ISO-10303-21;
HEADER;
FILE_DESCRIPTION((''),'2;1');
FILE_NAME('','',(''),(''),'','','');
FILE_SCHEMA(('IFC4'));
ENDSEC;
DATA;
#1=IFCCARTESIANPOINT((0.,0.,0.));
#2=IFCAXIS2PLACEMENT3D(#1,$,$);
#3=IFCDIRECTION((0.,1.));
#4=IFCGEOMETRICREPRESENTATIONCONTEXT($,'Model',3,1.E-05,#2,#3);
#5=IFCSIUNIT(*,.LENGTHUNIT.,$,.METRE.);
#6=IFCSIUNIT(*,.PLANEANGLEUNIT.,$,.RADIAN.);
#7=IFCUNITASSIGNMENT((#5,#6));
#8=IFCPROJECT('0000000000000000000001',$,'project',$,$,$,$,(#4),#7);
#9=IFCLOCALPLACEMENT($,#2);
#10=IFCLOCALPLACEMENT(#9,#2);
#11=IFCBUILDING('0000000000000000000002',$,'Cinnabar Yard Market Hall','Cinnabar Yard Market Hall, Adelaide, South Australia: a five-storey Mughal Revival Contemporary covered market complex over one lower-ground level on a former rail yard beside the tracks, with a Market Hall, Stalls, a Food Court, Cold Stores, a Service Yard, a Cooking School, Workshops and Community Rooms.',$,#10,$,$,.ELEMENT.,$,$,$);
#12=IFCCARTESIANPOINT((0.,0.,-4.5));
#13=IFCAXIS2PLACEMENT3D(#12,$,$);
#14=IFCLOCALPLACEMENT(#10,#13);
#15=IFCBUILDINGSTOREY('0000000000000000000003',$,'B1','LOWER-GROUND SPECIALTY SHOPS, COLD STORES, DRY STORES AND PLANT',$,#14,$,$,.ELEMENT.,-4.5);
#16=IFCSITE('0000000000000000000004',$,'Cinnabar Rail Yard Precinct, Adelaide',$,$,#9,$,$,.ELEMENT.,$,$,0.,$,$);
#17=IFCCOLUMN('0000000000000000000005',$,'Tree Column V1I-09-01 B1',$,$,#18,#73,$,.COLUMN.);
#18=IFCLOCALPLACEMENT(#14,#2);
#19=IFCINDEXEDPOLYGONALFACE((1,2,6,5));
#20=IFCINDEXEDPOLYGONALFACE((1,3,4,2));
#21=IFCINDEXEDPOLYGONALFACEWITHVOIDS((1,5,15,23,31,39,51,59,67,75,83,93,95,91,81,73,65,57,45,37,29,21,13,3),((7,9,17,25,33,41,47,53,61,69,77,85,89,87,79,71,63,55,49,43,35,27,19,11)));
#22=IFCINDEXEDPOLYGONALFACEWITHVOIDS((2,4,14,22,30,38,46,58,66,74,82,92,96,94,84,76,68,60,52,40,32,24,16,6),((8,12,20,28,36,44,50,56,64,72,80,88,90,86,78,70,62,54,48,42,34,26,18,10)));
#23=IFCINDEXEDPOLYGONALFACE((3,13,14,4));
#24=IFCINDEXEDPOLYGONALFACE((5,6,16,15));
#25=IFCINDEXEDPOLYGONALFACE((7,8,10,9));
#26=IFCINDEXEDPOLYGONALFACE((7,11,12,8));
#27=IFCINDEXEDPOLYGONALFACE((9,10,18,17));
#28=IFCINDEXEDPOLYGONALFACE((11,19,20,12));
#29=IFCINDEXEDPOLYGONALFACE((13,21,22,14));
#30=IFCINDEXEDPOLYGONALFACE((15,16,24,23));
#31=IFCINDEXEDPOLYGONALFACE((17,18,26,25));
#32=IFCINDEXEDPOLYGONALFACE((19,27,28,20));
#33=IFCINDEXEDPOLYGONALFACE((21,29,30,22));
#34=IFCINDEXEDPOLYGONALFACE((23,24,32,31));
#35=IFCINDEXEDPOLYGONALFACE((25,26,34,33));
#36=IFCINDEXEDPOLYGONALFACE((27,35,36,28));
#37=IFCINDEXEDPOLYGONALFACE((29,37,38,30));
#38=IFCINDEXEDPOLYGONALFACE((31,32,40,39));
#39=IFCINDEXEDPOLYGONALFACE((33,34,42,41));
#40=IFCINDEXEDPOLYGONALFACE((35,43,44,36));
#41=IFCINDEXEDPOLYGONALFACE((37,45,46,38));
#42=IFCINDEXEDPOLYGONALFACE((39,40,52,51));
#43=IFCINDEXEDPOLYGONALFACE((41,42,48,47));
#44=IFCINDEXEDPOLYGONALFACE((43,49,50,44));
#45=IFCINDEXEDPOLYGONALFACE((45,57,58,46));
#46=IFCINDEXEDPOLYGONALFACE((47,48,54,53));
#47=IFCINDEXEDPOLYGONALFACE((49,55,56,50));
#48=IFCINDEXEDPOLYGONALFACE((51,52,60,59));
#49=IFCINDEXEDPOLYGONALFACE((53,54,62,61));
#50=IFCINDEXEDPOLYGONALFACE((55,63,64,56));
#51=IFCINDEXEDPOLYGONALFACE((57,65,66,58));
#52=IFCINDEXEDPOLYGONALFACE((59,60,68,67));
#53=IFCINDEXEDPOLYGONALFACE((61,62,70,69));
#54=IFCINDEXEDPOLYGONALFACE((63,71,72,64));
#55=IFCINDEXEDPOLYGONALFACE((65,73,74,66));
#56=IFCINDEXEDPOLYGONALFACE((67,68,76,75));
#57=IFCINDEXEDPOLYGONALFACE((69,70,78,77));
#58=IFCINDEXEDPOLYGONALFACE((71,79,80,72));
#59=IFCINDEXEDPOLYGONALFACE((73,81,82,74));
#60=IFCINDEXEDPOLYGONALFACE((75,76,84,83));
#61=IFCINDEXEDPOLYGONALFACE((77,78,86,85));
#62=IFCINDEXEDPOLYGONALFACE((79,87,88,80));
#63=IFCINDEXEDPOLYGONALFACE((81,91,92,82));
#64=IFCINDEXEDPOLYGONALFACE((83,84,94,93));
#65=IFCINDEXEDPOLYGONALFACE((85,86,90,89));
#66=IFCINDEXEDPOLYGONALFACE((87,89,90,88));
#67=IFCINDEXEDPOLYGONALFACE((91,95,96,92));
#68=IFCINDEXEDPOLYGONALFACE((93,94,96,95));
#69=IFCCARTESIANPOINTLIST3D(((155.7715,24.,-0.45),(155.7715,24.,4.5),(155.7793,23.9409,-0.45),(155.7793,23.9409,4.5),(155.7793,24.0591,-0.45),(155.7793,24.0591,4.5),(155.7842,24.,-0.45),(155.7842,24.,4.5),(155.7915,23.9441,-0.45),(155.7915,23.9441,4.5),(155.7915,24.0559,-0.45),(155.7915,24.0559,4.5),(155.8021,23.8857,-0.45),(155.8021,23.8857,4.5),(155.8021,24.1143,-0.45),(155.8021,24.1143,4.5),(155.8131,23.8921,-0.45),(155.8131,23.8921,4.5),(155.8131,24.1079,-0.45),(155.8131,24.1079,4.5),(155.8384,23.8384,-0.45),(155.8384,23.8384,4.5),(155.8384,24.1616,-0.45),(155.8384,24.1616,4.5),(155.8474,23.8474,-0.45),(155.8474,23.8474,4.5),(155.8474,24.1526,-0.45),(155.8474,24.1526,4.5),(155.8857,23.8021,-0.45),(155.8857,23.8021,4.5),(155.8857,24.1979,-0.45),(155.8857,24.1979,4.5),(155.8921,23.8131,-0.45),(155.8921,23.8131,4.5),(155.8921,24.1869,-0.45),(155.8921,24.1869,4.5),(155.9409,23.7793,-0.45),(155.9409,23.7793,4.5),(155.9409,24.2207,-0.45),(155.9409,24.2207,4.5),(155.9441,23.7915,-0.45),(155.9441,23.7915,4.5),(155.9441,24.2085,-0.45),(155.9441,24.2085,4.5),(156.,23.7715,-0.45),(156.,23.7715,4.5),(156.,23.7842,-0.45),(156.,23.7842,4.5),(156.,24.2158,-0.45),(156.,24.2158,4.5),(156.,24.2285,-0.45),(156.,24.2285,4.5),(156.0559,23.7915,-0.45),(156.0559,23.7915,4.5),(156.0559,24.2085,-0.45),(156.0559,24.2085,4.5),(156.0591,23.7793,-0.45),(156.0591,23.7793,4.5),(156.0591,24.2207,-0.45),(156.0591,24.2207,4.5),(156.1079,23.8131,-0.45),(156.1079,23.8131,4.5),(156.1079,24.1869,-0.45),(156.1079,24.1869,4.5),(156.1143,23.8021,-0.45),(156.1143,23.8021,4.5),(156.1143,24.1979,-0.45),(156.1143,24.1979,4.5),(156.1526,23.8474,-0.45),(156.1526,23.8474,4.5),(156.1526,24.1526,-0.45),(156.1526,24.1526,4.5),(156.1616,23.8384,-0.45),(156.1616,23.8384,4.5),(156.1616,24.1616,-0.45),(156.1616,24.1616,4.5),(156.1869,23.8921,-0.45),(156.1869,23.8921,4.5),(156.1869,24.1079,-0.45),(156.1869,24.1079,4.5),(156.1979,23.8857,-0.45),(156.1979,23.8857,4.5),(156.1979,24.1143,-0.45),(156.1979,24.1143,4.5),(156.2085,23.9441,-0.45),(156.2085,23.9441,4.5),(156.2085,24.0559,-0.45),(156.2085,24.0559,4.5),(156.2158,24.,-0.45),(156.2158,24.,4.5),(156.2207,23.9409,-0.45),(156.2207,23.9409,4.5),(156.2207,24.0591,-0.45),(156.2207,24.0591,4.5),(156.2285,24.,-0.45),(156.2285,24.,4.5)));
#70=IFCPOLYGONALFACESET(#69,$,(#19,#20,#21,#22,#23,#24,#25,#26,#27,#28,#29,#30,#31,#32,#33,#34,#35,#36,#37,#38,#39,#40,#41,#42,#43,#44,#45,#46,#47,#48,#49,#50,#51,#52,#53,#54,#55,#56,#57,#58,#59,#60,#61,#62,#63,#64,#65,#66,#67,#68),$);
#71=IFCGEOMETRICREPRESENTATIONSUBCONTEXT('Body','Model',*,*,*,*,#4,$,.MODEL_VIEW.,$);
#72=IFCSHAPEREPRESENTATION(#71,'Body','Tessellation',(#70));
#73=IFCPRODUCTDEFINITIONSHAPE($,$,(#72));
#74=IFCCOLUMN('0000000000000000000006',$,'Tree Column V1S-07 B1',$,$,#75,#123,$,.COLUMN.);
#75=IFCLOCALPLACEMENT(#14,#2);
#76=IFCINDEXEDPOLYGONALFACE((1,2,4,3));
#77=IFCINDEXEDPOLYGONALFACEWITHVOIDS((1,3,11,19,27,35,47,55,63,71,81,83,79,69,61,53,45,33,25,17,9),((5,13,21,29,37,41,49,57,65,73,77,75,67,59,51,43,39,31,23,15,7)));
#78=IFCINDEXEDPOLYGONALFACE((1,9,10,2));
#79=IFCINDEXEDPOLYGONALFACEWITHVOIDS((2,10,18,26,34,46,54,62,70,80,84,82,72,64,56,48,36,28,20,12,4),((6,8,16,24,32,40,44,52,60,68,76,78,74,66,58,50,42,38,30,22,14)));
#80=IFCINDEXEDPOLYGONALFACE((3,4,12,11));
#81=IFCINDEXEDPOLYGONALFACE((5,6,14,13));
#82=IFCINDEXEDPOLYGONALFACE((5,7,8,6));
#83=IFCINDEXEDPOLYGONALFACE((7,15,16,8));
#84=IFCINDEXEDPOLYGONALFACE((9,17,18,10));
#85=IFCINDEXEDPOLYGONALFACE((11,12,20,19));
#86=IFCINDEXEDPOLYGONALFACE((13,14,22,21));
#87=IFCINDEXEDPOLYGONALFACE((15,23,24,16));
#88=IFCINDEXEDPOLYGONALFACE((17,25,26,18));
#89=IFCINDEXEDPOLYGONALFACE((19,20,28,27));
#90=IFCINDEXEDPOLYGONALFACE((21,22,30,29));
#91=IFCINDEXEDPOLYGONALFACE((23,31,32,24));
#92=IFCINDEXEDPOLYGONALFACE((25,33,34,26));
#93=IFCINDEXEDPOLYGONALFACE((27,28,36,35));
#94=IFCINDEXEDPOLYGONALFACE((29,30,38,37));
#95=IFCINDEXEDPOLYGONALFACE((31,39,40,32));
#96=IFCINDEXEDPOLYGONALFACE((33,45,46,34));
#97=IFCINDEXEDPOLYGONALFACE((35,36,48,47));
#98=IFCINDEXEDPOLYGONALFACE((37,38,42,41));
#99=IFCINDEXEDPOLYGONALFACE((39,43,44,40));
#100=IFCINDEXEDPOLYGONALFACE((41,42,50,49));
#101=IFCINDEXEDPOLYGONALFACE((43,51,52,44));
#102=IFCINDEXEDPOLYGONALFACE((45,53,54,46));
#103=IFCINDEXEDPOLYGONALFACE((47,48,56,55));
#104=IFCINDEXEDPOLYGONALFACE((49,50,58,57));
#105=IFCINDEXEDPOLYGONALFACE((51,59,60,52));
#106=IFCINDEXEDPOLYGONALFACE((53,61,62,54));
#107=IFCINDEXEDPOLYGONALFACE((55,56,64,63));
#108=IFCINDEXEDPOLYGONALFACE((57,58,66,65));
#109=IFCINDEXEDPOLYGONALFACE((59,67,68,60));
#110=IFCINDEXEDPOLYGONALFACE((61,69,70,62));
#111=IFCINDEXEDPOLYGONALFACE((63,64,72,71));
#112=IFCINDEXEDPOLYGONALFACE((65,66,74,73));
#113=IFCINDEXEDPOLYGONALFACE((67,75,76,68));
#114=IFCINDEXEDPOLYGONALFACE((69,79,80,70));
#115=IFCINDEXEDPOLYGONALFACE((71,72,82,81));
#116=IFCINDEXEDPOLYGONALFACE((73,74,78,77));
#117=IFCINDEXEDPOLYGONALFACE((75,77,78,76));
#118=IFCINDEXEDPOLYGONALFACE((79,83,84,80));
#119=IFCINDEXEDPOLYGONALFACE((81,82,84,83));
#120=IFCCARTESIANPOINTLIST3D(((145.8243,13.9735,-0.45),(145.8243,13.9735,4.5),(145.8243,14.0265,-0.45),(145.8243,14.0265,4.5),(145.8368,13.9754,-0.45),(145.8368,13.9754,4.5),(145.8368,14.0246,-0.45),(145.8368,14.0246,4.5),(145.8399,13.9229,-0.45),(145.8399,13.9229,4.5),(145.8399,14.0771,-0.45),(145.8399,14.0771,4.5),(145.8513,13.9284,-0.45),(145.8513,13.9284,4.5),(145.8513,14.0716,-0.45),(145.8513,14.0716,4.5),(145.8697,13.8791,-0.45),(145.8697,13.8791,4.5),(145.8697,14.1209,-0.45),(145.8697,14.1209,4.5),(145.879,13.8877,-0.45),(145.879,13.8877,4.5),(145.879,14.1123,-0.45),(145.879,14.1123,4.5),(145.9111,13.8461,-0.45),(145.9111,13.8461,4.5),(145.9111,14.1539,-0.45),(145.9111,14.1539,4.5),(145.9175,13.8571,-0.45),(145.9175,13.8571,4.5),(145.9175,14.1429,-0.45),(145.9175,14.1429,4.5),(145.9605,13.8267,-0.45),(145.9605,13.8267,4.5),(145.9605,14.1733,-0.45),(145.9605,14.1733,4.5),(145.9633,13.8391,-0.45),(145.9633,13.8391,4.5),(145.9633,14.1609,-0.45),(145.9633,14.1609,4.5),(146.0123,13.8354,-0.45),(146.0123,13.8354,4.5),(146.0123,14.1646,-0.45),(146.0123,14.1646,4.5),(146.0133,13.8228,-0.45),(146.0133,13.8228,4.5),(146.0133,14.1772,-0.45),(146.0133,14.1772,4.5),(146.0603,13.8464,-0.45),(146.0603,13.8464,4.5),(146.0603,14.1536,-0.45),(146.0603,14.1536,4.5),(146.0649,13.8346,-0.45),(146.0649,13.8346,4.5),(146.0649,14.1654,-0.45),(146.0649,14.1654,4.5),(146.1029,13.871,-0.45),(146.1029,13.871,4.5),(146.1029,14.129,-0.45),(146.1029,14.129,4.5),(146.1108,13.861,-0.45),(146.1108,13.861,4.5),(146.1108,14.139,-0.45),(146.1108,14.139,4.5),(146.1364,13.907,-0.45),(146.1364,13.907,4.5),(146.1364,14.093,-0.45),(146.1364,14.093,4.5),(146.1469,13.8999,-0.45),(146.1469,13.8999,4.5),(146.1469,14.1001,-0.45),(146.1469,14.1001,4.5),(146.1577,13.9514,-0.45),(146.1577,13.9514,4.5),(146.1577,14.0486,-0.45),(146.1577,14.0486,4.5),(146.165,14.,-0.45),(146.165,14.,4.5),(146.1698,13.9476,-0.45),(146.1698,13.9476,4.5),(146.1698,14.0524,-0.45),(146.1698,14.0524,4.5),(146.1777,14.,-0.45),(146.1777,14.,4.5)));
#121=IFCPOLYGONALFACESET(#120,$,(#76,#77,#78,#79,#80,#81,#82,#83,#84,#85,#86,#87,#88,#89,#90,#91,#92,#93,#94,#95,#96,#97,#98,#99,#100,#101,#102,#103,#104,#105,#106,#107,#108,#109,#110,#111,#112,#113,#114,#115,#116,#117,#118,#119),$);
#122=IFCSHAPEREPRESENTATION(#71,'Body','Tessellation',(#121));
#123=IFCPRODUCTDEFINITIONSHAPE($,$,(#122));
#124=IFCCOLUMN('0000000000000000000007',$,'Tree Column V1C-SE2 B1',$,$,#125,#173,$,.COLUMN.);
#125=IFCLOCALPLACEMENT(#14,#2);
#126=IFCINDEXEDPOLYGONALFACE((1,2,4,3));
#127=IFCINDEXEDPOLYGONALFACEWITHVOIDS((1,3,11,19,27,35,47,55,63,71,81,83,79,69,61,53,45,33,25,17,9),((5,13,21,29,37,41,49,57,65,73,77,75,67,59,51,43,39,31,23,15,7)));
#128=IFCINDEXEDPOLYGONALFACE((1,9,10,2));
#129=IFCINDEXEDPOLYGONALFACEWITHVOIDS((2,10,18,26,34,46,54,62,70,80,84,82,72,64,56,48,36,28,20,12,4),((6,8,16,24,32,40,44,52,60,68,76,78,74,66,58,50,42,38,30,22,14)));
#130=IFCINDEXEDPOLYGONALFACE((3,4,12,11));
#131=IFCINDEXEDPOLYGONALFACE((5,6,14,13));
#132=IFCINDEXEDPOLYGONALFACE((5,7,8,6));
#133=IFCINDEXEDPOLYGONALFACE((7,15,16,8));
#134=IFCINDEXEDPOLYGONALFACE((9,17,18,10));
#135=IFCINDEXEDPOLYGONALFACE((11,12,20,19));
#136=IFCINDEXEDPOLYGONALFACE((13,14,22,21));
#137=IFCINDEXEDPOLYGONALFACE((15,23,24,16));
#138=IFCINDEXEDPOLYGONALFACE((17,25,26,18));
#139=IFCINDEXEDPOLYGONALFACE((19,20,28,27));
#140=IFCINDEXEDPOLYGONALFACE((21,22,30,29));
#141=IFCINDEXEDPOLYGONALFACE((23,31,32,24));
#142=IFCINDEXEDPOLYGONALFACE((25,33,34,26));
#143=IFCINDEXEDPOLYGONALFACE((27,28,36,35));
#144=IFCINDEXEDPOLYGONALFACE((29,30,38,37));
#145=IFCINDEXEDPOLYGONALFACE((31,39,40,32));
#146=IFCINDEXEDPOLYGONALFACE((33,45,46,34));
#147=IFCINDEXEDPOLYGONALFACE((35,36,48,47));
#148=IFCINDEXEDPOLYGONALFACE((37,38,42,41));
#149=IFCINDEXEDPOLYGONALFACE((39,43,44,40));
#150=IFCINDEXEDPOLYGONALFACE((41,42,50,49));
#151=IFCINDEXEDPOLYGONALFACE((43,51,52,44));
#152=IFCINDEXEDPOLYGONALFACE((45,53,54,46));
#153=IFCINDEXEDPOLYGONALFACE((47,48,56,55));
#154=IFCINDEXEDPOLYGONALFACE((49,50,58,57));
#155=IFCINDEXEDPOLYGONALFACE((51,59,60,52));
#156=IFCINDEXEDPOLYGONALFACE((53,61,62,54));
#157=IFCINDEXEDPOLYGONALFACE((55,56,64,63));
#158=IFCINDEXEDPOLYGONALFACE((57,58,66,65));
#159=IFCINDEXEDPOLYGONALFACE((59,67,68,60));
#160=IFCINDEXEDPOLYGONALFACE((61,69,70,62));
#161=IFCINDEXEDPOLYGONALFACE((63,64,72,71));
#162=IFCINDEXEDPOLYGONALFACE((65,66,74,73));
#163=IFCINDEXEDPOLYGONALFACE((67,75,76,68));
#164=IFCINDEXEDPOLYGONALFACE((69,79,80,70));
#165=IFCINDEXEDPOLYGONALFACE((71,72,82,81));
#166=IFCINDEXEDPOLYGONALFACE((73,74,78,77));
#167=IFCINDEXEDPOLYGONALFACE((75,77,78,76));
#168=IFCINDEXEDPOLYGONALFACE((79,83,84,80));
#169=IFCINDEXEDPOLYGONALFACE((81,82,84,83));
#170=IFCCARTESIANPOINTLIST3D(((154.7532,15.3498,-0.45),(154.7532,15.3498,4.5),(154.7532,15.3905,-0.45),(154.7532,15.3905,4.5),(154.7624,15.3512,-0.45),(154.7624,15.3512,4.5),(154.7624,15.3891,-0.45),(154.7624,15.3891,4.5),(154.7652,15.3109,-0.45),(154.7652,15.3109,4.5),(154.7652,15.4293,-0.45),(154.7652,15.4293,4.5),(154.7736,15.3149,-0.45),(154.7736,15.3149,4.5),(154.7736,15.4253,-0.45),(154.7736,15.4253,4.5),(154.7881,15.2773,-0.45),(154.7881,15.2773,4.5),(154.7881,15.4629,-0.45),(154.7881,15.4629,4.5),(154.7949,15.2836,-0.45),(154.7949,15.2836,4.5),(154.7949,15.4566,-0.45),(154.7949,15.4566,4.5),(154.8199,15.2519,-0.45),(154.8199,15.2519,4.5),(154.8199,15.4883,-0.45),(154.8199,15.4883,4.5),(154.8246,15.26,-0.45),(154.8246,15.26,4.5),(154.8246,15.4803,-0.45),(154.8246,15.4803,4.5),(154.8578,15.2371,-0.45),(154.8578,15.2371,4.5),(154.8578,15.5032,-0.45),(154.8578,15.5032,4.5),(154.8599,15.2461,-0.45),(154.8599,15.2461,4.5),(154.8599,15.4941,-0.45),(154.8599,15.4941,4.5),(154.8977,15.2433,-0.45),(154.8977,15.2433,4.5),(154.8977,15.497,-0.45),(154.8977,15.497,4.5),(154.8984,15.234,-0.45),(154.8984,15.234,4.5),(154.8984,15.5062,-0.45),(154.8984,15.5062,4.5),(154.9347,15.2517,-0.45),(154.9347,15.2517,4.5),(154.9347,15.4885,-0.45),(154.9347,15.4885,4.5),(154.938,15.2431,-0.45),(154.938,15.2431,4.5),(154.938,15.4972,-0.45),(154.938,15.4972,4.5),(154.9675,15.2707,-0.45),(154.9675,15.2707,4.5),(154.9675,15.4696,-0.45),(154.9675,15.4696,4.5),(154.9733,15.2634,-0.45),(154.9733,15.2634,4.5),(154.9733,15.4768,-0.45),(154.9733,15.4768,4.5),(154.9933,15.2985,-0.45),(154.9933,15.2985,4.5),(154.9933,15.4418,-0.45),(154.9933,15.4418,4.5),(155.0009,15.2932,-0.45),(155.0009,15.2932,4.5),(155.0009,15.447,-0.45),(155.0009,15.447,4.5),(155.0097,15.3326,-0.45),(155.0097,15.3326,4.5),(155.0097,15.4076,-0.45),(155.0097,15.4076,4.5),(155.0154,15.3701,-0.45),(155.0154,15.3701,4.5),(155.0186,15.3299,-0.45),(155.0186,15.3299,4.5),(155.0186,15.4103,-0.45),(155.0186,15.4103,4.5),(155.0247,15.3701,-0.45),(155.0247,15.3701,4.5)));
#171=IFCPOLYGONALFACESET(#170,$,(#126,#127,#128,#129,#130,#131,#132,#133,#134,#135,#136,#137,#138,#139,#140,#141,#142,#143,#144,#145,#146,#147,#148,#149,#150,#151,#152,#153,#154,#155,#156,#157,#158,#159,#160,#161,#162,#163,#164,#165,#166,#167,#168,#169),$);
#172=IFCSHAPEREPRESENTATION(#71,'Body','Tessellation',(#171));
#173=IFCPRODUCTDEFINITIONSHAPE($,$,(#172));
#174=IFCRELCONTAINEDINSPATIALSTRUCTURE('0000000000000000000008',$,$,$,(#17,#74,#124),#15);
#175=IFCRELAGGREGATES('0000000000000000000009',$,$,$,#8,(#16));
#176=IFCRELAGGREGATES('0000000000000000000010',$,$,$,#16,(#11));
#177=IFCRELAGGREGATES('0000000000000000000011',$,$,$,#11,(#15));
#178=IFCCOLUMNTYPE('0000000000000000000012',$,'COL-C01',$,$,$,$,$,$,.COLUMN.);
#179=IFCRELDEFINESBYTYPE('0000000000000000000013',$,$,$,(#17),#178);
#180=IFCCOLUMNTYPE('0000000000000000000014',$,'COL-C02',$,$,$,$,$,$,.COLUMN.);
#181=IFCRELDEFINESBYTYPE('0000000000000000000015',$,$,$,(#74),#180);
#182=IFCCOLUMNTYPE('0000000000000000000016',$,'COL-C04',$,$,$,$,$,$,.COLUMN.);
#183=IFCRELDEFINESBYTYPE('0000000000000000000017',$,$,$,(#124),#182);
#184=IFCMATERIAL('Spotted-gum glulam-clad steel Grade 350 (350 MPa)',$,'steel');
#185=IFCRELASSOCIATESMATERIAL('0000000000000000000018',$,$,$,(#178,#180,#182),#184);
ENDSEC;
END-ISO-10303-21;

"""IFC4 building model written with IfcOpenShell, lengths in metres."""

from ifc_helpers import new_model, si_unit, direction, frame, origin, origin_2d_with_axis, place, context, subcontext, project, spatial, hollow_circle, extrude, material, material_profile, profile_set, type_object, element, save


model = new_model("IFC4")

# Units and contexts
model_context = context("Model", 3, precision=1e-05, world=origin(), true_north=direction((0.0, 1.0)))
body_context = subcontext(model_context, "Body", "Model", "MODEL_VIEW")
ifc_project = project(units=[si_unit("LENGTHUNIT", "METRE"), si_unit("PLANEANGLEUNIT", "RADIAN")], contexts=[model_context])

# Site, building, storey
site_placement = place(None, origin())
site = spatial("IfcSite", under=ifc_project, at=site_placement, Name="Cinnabar Rail Yard Precinct, Adelaide", CompositionType="ELEMENT", RefElevation=0.0)
building_placement = place(site_placement, origin())
building = spatial("IfcBuilding", under=site, at=building_placement, Name="Cinnabar Yard Market Hall", Description="Cinnabar Yard Market Hall, Adelaide, South Australia: a five-storey Mughal Revival Contemporary covered market complex over one lower-ground level on a former rail yard beside the tracks, with a Market Hall, Stalls, a Food Court, Cold Stores, a Service Yard, a Cooking School, Workshops and Community Rooms.", CompositionType="ELEMENT")
storey_placement = place(building_placement, frame((0.0, 0.0, -4.5)))
storey = spatial("IfcBuildingStorey", under=building, at=storey_placement, Name="B1", Description="LOWER-GROUND SPECIALTY SHOPS, COLD STORES, DRY STORES AND PLANT", CompositionType="ELEMENT", Elevation=-4.5)

# Columns
ifc_material_1 = material(Name="Spotted-gum glulam-clad steel Grade 350 (350 MPa)", Category="steel")
ifc_material_profile_1 = material_profile(ifc_material_1, hollow_circle(Radius=0.2285, WallThickness=0.0127, at=origin_2d_with_axis()), Name="457.0x12.7CHS")
ifc_profile_set_1 = profile_set([ifc_material_profile_1], Name="Spotted-gum glulam-clad steel Grade 350 (350 MPa)")
column_type_1 = type_object("IfcColumnType", Name="COL-C01", PredefinedType="COLUMN", material=ifc_profile_set_1)
for number, where, z_axis, x_axis, name in (
    (1, (156.0, 24.0, -0.45), (0.0, 0.0, 1.0), (1.0, 0.0, 0.0), "Tree Column V1I-09-01 B1"),
):
    element("IfcColumn", number, at=place(storey_placement, frame(where, z_axis=z_axis, x_axis=x_axis)), inside=storey, type_object=column_type_1, Name=name, PredefinedType="COLUMN", context=body_context, shape_type="SweptSolid", body=[
        extrude(hollow_circle(Radius=0.2285, WallThickness=0.0127, at=origin_2d_with_axis()), origin(), (0.0, 0.0, 1.0), 4.95),
    ])
ifc_material_profile_2 = material_profile(ifc_material_1, hollow_circle(Radius=0.1777, WallThickness=0.0127, at=origin_2d_with_axis()), Name="355.6x12.7CHS")
ifc_profile_set_2 = profile_set([ifc_material_profile_2], Name="Spotted-gum glulam-clad steel Grade 350 (350 MPa)")
column_type_2 = type_object("IfcColumnType", Name="COL-C02", PredefinedType="COLUMN", material=ifc_profile_set_2)
column_1_placement = place(storey_placement, frame((146.0, 14.0, -0.45), z_axis=(0.0, 0.0, 1.0), x_axis=(1.0, 0.0, 0.0)))
element("IfcColumn", 2, at=column_1_placement, inside=storey, type_object=column_type_2, Name="Tree Column V1S-07 B1", PredefinedType="COLUMN", context=body_context, shape_type="SweptSolid", body=[
    extrude(hollow_circle(Radius=0.1777, WallThickness=0.0127, at=origin_2d_with_axis()), origin(), (0.0, 0.0, 1.0), 4.95),
])
ifc_material_profile_3 = material_profile(ifc_material_1, hollow_circle(Radius=0.1365, WallThickness=0.0093, at=origin_2d_with_axis()), Name="273.1x9.3CHS")
ifc_profile_set_3 = profile_set([ifc_material_profile_3], Name="Spotted-gum glulam-clad steel Grade 350 (350 MPa)")
column_type_3 = type_object("IfcColumnType", Name="COL-C04", PredefinedType="COLUMN", material=ifc_profile_set_3)
column_2_placement = place(storey_placement, frame((154.8882, 15.3701, -0.45), z_axis=(0.0, 0.0, 1.0), x_axis=(1.0, 0.0, 0.0)))
element("IfcColumn", 3, at=column_2_placement, inside=storey, type_object=column_type_3, Name="Tree Column V1C-SE2 B1", PredefinedType="COLUMN", context=body_context, shape_type="SweptSolid", body=[
    extrude(hollow_circle(Radius=0.1365, WallThickness=0.0093, at=origin_2d_with_axis()), origin(), (0.0, 0.0, 1.0), 4.95),
])

save(model, "model.ifc")
